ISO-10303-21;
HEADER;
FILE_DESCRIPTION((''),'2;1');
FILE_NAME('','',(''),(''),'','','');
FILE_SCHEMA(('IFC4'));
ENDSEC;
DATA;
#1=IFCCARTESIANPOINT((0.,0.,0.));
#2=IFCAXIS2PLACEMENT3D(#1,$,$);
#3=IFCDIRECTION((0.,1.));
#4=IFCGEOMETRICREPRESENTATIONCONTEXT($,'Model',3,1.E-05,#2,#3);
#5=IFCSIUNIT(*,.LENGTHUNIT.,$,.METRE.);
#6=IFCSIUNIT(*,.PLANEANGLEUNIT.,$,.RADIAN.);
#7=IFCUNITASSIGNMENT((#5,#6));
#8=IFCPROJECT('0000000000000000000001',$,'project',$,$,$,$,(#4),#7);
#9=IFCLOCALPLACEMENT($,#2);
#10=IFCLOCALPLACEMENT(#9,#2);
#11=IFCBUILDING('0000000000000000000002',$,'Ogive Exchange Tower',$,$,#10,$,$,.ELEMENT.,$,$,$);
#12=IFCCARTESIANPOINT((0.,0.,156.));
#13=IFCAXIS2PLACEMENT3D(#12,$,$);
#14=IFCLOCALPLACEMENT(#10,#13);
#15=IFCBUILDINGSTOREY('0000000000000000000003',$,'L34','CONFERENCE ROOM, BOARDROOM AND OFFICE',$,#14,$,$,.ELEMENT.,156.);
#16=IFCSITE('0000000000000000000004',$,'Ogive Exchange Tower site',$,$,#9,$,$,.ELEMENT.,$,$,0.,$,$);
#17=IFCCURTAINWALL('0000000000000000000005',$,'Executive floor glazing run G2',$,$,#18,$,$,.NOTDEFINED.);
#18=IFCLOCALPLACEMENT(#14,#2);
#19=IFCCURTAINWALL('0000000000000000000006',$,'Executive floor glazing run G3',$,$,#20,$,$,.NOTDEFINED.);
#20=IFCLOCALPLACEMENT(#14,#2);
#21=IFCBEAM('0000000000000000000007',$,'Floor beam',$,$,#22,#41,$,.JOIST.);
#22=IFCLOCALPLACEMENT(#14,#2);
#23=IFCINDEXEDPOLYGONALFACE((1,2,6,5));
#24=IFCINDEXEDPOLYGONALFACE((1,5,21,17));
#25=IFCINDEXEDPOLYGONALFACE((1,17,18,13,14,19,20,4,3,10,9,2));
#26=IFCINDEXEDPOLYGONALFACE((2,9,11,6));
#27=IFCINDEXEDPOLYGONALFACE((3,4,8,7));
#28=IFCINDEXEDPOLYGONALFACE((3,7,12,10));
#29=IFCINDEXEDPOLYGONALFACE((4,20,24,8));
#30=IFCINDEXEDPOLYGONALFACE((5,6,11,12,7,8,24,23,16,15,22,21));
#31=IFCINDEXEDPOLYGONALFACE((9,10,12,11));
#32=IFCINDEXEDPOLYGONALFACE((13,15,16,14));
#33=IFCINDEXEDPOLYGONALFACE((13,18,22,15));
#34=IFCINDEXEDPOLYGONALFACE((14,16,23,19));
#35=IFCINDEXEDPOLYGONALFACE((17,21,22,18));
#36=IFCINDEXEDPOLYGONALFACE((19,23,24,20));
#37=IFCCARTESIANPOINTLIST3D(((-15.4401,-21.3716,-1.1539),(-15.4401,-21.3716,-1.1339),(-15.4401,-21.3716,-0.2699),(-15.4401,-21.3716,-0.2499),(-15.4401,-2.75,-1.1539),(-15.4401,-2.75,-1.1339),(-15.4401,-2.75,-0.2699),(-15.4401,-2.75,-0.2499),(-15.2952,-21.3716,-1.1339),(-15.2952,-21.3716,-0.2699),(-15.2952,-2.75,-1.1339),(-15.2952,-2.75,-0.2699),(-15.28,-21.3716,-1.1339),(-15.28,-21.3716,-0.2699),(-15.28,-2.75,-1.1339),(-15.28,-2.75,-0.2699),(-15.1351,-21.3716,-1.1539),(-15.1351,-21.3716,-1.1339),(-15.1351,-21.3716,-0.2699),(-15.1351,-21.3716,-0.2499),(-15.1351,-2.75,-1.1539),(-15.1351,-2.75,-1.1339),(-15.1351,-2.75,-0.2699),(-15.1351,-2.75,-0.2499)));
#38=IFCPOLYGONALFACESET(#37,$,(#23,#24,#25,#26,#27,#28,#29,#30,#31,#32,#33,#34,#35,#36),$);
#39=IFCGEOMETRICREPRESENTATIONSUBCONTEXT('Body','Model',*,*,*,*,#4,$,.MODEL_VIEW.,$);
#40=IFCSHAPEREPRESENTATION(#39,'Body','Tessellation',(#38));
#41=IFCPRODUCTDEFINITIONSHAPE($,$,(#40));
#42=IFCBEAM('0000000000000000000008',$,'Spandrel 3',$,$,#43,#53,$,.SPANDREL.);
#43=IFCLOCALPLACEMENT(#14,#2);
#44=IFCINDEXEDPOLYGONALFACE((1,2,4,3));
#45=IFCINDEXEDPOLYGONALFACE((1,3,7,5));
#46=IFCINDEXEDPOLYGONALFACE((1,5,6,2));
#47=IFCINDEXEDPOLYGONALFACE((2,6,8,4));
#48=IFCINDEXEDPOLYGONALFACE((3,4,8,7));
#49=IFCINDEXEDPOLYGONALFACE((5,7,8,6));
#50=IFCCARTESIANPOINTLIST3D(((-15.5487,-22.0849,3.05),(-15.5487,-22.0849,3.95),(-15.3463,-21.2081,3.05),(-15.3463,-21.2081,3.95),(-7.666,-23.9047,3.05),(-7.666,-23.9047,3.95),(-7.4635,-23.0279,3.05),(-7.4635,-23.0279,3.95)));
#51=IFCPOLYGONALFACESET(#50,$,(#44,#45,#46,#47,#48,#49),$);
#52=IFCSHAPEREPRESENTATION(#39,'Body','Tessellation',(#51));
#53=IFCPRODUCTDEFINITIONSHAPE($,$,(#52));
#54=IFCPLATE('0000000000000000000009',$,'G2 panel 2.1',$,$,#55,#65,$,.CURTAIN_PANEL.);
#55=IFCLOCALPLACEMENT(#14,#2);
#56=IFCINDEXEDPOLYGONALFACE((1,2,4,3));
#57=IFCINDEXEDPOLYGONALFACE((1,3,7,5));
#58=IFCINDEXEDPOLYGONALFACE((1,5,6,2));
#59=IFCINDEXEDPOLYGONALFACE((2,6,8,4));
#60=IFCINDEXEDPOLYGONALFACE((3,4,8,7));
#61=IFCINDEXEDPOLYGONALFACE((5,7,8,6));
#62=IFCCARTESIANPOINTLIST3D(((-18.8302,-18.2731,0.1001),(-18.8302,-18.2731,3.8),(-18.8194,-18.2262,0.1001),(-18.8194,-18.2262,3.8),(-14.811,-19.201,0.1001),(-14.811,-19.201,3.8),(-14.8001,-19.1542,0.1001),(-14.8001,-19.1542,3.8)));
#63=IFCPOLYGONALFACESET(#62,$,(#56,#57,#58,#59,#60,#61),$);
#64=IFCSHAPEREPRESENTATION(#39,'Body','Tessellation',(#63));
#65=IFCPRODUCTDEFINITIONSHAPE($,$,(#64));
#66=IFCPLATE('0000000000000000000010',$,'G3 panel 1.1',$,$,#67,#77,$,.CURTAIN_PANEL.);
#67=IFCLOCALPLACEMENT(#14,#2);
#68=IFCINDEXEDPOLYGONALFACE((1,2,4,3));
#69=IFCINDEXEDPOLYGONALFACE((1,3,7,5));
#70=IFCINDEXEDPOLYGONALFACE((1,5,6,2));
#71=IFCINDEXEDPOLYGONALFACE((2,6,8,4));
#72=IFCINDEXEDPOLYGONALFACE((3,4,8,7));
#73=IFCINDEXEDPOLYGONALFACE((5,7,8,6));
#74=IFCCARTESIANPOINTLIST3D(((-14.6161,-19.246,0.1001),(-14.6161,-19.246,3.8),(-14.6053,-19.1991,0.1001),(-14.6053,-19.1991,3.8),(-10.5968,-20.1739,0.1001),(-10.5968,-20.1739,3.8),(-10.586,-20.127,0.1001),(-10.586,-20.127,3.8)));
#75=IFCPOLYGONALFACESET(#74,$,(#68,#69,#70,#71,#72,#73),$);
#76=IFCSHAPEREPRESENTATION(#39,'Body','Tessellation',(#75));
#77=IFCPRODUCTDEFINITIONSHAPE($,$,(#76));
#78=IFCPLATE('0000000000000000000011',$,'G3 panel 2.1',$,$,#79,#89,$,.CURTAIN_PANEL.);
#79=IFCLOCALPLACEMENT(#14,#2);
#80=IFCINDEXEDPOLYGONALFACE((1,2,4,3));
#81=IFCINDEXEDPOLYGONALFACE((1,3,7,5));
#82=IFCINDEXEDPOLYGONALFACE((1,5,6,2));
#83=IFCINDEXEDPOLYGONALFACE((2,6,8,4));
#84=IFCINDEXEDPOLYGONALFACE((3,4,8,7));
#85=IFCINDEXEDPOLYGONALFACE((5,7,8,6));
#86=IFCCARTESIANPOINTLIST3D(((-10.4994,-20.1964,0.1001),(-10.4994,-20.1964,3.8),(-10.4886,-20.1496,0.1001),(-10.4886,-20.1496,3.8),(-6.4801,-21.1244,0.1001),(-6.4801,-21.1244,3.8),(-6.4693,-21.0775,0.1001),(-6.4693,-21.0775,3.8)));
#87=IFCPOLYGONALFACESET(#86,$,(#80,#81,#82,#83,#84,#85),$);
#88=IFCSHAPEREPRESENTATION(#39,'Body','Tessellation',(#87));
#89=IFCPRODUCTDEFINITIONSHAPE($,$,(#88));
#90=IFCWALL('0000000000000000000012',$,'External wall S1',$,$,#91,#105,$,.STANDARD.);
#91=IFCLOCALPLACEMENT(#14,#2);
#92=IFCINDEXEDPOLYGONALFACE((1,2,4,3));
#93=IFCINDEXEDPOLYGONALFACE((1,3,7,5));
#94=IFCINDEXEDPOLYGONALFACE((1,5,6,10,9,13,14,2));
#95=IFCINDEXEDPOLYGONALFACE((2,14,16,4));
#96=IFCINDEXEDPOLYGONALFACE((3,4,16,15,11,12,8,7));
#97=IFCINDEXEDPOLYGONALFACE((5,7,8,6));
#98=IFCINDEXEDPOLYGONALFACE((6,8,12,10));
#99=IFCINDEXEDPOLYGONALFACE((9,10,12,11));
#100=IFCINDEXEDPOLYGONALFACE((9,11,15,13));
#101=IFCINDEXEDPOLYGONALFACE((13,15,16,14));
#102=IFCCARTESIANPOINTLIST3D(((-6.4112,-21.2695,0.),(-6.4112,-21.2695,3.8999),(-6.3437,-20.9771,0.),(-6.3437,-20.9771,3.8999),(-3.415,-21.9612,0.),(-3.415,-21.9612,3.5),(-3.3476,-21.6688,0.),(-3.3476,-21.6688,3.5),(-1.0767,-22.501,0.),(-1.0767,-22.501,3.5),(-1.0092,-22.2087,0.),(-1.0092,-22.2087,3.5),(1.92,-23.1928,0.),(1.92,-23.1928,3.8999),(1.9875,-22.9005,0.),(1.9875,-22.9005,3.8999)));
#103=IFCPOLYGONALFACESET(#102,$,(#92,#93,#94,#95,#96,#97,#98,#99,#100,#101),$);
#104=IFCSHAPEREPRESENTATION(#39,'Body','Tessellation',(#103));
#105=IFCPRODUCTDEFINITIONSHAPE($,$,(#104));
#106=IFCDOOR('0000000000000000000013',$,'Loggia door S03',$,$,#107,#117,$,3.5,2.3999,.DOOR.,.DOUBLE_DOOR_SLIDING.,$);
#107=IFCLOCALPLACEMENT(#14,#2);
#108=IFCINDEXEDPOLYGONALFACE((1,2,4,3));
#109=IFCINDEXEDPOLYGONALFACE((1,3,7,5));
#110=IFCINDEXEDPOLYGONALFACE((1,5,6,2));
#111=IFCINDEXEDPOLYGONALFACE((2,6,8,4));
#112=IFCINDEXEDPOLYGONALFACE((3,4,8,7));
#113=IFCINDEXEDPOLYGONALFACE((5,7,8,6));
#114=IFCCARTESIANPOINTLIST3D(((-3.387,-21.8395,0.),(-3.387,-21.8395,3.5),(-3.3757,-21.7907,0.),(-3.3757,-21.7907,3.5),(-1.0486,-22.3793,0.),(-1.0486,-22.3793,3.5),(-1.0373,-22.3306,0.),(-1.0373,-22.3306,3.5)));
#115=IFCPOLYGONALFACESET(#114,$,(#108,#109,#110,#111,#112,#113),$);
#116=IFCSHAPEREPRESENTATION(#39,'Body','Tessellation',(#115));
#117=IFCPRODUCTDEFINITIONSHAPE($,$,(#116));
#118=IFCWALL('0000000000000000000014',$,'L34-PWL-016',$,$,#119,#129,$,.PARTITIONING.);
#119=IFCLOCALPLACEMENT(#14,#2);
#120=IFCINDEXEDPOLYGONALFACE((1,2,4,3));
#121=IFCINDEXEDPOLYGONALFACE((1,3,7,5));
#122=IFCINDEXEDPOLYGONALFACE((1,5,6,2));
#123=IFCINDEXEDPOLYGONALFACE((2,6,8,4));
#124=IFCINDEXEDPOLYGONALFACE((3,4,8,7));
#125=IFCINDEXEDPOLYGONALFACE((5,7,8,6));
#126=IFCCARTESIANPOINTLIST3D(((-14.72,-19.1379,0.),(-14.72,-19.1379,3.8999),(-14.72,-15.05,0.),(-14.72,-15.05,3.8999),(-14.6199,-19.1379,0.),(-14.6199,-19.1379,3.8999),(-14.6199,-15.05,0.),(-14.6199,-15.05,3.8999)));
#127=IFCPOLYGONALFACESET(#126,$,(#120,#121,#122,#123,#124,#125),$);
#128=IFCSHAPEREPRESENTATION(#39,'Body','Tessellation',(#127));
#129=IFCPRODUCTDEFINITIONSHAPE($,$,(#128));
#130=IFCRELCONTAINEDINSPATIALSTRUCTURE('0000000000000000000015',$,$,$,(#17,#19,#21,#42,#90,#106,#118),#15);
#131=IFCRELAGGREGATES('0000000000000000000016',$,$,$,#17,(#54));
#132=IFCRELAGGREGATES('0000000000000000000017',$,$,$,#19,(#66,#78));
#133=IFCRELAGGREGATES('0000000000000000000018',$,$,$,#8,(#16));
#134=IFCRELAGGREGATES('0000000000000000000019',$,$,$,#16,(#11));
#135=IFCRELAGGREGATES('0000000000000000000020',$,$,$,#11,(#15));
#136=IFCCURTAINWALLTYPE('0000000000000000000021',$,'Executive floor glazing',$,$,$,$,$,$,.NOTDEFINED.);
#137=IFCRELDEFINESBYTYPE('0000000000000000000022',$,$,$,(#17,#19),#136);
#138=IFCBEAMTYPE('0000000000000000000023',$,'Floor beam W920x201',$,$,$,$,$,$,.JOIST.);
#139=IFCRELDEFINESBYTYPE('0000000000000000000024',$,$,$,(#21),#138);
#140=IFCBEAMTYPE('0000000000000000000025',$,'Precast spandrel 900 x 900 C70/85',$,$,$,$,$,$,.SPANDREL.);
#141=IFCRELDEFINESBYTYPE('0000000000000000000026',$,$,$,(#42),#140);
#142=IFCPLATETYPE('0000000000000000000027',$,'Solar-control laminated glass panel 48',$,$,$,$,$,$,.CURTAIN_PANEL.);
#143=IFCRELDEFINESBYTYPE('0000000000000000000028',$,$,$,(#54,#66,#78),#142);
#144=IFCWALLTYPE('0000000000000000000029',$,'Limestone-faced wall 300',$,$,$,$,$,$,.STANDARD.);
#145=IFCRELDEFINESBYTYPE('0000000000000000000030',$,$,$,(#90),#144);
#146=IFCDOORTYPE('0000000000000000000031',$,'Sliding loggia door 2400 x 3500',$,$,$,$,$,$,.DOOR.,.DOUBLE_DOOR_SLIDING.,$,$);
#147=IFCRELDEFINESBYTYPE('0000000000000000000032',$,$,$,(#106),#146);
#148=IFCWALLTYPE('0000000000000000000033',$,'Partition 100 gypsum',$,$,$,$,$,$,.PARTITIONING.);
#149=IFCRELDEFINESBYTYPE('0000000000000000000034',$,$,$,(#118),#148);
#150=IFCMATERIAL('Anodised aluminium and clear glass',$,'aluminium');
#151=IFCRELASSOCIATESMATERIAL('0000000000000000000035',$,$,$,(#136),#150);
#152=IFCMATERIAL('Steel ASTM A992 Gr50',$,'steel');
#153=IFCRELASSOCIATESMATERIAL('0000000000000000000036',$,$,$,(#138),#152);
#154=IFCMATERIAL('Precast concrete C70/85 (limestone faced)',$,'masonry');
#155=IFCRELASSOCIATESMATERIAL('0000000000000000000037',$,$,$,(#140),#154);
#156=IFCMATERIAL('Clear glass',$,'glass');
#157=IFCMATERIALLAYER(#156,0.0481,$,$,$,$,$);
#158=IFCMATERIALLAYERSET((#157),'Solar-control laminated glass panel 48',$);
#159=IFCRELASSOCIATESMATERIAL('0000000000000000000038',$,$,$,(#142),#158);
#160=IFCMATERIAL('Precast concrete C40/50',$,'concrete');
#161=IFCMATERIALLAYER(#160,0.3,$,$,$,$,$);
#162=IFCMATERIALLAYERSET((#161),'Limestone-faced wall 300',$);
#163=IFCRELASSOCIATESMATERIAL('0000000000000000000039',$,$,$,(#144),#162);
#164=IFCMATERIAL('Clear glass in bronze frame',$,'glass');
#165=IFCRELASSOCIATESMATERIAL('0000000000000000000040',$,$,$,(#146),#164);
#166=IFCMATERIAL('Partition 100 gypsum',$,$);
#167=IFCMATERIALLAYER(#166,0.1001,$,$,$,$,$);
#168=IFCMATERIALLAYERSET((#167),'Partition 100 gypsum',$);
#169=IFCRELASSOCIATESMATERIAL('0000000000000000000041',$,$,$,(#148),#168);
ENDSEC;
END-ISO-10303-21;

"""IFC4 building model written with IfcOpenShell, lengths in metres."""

from ifc_helpers import new_model, si_unit, direction, frame, frame_2d, origin, origin_2d, place, context, subcontext, project, spatial, rectangle, i_section, extrude, material, layer, layer_set, material_profile, profile_set, type_object, element, fill, aggregate, save


model = new_model("IFC4")

# Units and contexts
model_context = context("Model", 3, precision=1e-05, world=origin(), true_north=direction((0.0, 1.0)))
body_context = subcontext(model_context, "Body", "Model", "MODEL_VIEW")
ifc_project = project(units=[si_unit("LENGTHUNIT", "METRE"), si_unit("PLANEANGLEUNIT", "RADIAN")], contexts=[model_context])

# Site, building, storey
site_placement = place(None, origin())
site = spatial("IfcSite", under=ifc_project, at=site_placement, Name="Ogive Exchange Tower site", CompositionType="ELEMENT", RefElevation=0.0)
building_placement = place(site_placement, origin())
building = spatial("IfcBuilding", under=site, at=building_placement, Name="Ogive Exchange Tower", CompositionType="ELEMENT")
storey_placement = place(building_placement, frame((0.0, 0.0, 156.0)))
storey = spatial("IfcBuildingStorey", under=building, at=storey_placement, Name="L34", Description="CONFERENCE ROOM, BOARDROOM AND OFFICE", CompositionType="ELEMENT", Elevation=156.0)

# Shared definitions
ifc_material_1 = material(Name="Precast concrete C70/85 (limestone faced)", Category="masonry")

# Curtain wall
ifc_material_2 = material(Name="Anodised aluminium and clear glass", Category="aluminium")
curtain_wall_type = type_object("IfcCurtainWallType", Name="Executive floor glazing", PredefinedType="NOTDEFINED", material=ifc_material_2)
curtain_wall_1_placement = place(storey_placement, origin())
curtain_wall_1 = element("IfcCurtainWall", 1, at=curtain_wall_1_placement, inside=storey, type_object=curtain_wall_type, Name="Executive floor glazing run G2", PredefinedType="NOTDEFINED")

# Curtain wall
curtain_wall_2_placement = place(storey_placement, origin())
curtain_wall_2 = element("IfcCurtainWall", 2, at=curtain_wall_2_placement, inside=storey, type_object=curtain_wall_type, Name="Executive floor glazing run G3", PredefinedType="NOTDEFINED")

# Beams
ifc_material_3 = material(Name="Steel ASTM A992 Gr50", Category="steel")
ifc_material_profile_1 = material_profile(ifc_material_3, i_section(OverallWidth=0.3049, OverallDepth=0.9041, WebThickness=0.0151, FlangeThickness=0.02, at=origin_2d()), Name="W920x201")
ifc_profile_set_1 = profile_set([ifc_material_profile_1], Name="Steel ASTM A992 Gr50")
beam_type_1 = type_object("IfcBeamType", Name="Floor beam W920x201", PredefinedType="JOIST", material=ifc_profile_set_1)
beam_1_placement = place(storey_placement, frame((-15.2876, -21.3716, -0.7019), z_axis=(0.0, 1.0, 0.0), x_axis=(-1.0, 0.0, 0.0)))
element("IfcBeam", 3, at=beam_1_placement, inside=storey, type_object=beam_type_1, Name="Floor beam", PredefinedType="JOIST", context=body_context, shape_type="SweptSolid", body=[
    extrude(i_section(OverallWidth=0.3049, OverallDepth=0.9041, WebThickness=0.0151, FlangeThickness=0.02, at=origin_2d()), origin(), (0.0, 0.0, 1.0), 18.6216),
])
ifc_material_profile_2 = material_profile(ifc_material_1, rectangle(XDim=0.8999, YDim=0.8999, at=origin_2d()), Name="900 x 900")
ifc_profile_set_2 = profile_set([ifc_material_profile_2], Name="Precast concrete C70/85 (limestone faced)")
beam_type_2 = type_object("IfcBeamType", Name="Precast spandrel 900 x 900 C70/85", PredefinedType="SPANDREL", material=ifc_profile_set_2)
beam_2_placement = place(storey_placement, frame((-15.4475, -21.6465, 3.5), z_axis=(0.974372, -0.224943, 0.0), x_axis=(0.224943, 0.974372, 0.0)))
element("IfcBeam", 4, at=beam_2_placement, inside=storey, type_object=beam_type_2, Name="Spandrel 3", PredefinedType="SPANDREL", context=body_context, shape_type="SweptSolid", body=[
    extrude(rectangle(XDim=0.8999, YDim=0.8999, at=origin_2d()), origin(), (0.0, 0.0, 1.0), 8.0901),
])

# Plates
ifc_material_4 = material(Name="Clear glass", Category="glass")
ifc_layer_1 = layer(ifc_material_4, 0.0481)
ifc_layer_set_1 = layer_set([ifc_layer_1], Name="Solar-control laminated glass panel 48")
plate_type = type_object("IfcPlateType", Name="Solar-control laminated glass panel 48", PredefinedType="CURTAIN_PANEL", material=ifc_layer_set_1)
plate_1_placement = place(storey_placement, frame((-16.8152, -18.7136, 0.1001), z_axis=(0.0, 0.0, 1.0), x_axis=(0.974369, -0.224958, 0.0)))
plate_1 = element("IfcPlate", 5, at=plate_1_placement, type_object=plate_type, Name="G2 panel 2.1", PredefinedType="CURTAIN_PANEL", context=body_context, shape_type="SweptSolid", body=[
    extrude(rectangle(XDim=4.125, YDim=0.0481, at=origin_2d()), origin(), (0.0, 0.0, 1.0), 3.7),
])
aggregate(curtain_wall_1, [plate_1])
plate_2_placement = place(storey_placement, frame((-12.6011, -19.6865, 0.1001), z_axis=(0.0, 0.0, 1.0), x_axis=(0.97437, -0.224949, 0.0)))
plate_2 = element("IfcPlate", 6, at=plate_2_placement, type_object=plate_type, Name="G3 panel 1.1", PredefinedType="CURTAIN_PANEL", context=body_context, shape_type="SweptSolid", body=[
    extrude(rectangle(XDim=4.125, YDim=0.0481, at=origin_2d()), origin(), (0.0, 0.0, 1.0), 3.7),
])
plate_3_placement = place(storey_placement, frame((-8.4844, -20.637, 0.1001), z_axis=(0.0, 0.0, 1.0), x_axis=(0.97437, -0.224949, 0.0)))
plate_3 = element("IfcPlate", 7, at=plate_3_placement, type_object=plate_type, Name="G3 panel 2.1", PredefinedType="CURTAIN_PANEL", context=body_context, shape_type="SweptSolid", body=[
    extrude(rectangle(XDim=4.125, YDim=0.0481, at=origin_2d()), origin(), (0.0, 0.0, 1.0), 3.7),
])
aggregate(curtain_wall_2, [plate_2, plate_3])

# Wall, opening, door
ifc_material_5 = material(Name="Precast concrete C40/50", Category="concrete")
ifc_layer_2 = layer(ifc_material_5, 0.3)
ifc_layer_set_2 = layer_set([ifc_layer_2], Name="Limestone-faced wall 300")
wall_type_1 = type_object("IfcWallType", Name="Limestone-faced wall 300", PredefinedType="STANDARD", material=ifc_layer_set_2)
wall_1_placement = place(storey_placement, frame((-6.3774, -21.1233, 0.0), z_axis=(0.0, 0.0, 1.0), x_axis=(0.974371, -0.224947, 0.0)))
wall_1 = element("IfcWall", 8, at=wall_1_placement, inside=storey, type_object=wall_type_1, Name="External wall S1", PredefinedType="STANDARD", context=body_context, shape_type="SweptSolid", body=[
    extrude(rectangle(XDim=8.5503, YDim=0.3, at=frame_2d((4.2751, 0.0))), origin(), (0.0, 0.0, 1.0), 3.8999),
])
opening_placement = place(wall_1_placement, frame((3.075, 0.0, 0.0)))
opening = element("IfcOpeningElement", 9, at=opening_placement, cuts=wall_1, PredefinedType="OPENING", context=body_context, shape_type="SweptSolid", body=[
    extrude(rectangle(XDim=2.3999, YDim=3.5, at=frame_2d((1.2, 1.75))), frame((0.0, 0.1599, 0.0), z_axis=(0.0, -1.0, 0.0), x_axis=(1.0, 0.0, 0.0)), (0.0, 0.0, 1.0), 0.3201),
])
ifc_material_6 = material(Name="Clear glass in bronze frame", Category="glass")
door_type = type_object("IfcDoorType", Name="Sliding loggia door 2400 x 3500", OperationType="DOUBLE_DOOR_SLIDING", PredefinedType="DOOR", material=ifc_material_6)
door_placement = place(opening_placement, origin())
door = element("IfcDoor", 10, at=door_placement, inside=storey, type_object=door_type, Name="Loggia door S03", OperationType="DOUBLE_DOOR_SLIDING", OverallHeight=3.5, OverallWidth=2.3999, PredefinedType="DOOR", context=body_context, shape_type="SweptSolid", body=[
    extrude(rectangle(XDim=2.3999, YDim=3.5, at=frame_2d((1.2, 1.75))), frame((0.0, 0.0249, 0.0), z_axis=(0.0, -1.0, 0.0), x_axis=(1.0, 0.0, 0.0)), (0.0, 0.0, 1.0), 0.05),
])
fill(opening, door)

# Wall
ifc_material_7 = material(Name="Partition 100 gypsum")
ifc_layer_3 = layer(ifc_material_7, 0.1001)
ifc_layer_set_3 = layer_set([ifc_layer_3], Name="Partition 100 gypsum")
wall_type_2 = type_object("IfcWallType", Name="Partition 100 gypsum", PredefinedType="PARTITIONING", material=ifc_layer_set_3)
wall_2_placement = place(storey_placement, frame((-14.6699, -19.1379, 0.0), z_axis=(0.0, 0.0, 1.0), x_axis=(0.0, 1.0, 0.0)))
element("IfcWall", 11, at=wall_2_placement, inside=storey, type_object=wall_type_2, Name="L34-PWL-016", PredefinedType="PARTITIONING", context=body_context, shape_type="SweptSolid", body=[
    extrude(rectangle(XDim=4.0879, YDim=0.1001, at=frame_2d((2.0439, 0.0))), origin(), (0.0, 0.0, 1.0), 3.8999),
])

save(model, "model.ifc")
